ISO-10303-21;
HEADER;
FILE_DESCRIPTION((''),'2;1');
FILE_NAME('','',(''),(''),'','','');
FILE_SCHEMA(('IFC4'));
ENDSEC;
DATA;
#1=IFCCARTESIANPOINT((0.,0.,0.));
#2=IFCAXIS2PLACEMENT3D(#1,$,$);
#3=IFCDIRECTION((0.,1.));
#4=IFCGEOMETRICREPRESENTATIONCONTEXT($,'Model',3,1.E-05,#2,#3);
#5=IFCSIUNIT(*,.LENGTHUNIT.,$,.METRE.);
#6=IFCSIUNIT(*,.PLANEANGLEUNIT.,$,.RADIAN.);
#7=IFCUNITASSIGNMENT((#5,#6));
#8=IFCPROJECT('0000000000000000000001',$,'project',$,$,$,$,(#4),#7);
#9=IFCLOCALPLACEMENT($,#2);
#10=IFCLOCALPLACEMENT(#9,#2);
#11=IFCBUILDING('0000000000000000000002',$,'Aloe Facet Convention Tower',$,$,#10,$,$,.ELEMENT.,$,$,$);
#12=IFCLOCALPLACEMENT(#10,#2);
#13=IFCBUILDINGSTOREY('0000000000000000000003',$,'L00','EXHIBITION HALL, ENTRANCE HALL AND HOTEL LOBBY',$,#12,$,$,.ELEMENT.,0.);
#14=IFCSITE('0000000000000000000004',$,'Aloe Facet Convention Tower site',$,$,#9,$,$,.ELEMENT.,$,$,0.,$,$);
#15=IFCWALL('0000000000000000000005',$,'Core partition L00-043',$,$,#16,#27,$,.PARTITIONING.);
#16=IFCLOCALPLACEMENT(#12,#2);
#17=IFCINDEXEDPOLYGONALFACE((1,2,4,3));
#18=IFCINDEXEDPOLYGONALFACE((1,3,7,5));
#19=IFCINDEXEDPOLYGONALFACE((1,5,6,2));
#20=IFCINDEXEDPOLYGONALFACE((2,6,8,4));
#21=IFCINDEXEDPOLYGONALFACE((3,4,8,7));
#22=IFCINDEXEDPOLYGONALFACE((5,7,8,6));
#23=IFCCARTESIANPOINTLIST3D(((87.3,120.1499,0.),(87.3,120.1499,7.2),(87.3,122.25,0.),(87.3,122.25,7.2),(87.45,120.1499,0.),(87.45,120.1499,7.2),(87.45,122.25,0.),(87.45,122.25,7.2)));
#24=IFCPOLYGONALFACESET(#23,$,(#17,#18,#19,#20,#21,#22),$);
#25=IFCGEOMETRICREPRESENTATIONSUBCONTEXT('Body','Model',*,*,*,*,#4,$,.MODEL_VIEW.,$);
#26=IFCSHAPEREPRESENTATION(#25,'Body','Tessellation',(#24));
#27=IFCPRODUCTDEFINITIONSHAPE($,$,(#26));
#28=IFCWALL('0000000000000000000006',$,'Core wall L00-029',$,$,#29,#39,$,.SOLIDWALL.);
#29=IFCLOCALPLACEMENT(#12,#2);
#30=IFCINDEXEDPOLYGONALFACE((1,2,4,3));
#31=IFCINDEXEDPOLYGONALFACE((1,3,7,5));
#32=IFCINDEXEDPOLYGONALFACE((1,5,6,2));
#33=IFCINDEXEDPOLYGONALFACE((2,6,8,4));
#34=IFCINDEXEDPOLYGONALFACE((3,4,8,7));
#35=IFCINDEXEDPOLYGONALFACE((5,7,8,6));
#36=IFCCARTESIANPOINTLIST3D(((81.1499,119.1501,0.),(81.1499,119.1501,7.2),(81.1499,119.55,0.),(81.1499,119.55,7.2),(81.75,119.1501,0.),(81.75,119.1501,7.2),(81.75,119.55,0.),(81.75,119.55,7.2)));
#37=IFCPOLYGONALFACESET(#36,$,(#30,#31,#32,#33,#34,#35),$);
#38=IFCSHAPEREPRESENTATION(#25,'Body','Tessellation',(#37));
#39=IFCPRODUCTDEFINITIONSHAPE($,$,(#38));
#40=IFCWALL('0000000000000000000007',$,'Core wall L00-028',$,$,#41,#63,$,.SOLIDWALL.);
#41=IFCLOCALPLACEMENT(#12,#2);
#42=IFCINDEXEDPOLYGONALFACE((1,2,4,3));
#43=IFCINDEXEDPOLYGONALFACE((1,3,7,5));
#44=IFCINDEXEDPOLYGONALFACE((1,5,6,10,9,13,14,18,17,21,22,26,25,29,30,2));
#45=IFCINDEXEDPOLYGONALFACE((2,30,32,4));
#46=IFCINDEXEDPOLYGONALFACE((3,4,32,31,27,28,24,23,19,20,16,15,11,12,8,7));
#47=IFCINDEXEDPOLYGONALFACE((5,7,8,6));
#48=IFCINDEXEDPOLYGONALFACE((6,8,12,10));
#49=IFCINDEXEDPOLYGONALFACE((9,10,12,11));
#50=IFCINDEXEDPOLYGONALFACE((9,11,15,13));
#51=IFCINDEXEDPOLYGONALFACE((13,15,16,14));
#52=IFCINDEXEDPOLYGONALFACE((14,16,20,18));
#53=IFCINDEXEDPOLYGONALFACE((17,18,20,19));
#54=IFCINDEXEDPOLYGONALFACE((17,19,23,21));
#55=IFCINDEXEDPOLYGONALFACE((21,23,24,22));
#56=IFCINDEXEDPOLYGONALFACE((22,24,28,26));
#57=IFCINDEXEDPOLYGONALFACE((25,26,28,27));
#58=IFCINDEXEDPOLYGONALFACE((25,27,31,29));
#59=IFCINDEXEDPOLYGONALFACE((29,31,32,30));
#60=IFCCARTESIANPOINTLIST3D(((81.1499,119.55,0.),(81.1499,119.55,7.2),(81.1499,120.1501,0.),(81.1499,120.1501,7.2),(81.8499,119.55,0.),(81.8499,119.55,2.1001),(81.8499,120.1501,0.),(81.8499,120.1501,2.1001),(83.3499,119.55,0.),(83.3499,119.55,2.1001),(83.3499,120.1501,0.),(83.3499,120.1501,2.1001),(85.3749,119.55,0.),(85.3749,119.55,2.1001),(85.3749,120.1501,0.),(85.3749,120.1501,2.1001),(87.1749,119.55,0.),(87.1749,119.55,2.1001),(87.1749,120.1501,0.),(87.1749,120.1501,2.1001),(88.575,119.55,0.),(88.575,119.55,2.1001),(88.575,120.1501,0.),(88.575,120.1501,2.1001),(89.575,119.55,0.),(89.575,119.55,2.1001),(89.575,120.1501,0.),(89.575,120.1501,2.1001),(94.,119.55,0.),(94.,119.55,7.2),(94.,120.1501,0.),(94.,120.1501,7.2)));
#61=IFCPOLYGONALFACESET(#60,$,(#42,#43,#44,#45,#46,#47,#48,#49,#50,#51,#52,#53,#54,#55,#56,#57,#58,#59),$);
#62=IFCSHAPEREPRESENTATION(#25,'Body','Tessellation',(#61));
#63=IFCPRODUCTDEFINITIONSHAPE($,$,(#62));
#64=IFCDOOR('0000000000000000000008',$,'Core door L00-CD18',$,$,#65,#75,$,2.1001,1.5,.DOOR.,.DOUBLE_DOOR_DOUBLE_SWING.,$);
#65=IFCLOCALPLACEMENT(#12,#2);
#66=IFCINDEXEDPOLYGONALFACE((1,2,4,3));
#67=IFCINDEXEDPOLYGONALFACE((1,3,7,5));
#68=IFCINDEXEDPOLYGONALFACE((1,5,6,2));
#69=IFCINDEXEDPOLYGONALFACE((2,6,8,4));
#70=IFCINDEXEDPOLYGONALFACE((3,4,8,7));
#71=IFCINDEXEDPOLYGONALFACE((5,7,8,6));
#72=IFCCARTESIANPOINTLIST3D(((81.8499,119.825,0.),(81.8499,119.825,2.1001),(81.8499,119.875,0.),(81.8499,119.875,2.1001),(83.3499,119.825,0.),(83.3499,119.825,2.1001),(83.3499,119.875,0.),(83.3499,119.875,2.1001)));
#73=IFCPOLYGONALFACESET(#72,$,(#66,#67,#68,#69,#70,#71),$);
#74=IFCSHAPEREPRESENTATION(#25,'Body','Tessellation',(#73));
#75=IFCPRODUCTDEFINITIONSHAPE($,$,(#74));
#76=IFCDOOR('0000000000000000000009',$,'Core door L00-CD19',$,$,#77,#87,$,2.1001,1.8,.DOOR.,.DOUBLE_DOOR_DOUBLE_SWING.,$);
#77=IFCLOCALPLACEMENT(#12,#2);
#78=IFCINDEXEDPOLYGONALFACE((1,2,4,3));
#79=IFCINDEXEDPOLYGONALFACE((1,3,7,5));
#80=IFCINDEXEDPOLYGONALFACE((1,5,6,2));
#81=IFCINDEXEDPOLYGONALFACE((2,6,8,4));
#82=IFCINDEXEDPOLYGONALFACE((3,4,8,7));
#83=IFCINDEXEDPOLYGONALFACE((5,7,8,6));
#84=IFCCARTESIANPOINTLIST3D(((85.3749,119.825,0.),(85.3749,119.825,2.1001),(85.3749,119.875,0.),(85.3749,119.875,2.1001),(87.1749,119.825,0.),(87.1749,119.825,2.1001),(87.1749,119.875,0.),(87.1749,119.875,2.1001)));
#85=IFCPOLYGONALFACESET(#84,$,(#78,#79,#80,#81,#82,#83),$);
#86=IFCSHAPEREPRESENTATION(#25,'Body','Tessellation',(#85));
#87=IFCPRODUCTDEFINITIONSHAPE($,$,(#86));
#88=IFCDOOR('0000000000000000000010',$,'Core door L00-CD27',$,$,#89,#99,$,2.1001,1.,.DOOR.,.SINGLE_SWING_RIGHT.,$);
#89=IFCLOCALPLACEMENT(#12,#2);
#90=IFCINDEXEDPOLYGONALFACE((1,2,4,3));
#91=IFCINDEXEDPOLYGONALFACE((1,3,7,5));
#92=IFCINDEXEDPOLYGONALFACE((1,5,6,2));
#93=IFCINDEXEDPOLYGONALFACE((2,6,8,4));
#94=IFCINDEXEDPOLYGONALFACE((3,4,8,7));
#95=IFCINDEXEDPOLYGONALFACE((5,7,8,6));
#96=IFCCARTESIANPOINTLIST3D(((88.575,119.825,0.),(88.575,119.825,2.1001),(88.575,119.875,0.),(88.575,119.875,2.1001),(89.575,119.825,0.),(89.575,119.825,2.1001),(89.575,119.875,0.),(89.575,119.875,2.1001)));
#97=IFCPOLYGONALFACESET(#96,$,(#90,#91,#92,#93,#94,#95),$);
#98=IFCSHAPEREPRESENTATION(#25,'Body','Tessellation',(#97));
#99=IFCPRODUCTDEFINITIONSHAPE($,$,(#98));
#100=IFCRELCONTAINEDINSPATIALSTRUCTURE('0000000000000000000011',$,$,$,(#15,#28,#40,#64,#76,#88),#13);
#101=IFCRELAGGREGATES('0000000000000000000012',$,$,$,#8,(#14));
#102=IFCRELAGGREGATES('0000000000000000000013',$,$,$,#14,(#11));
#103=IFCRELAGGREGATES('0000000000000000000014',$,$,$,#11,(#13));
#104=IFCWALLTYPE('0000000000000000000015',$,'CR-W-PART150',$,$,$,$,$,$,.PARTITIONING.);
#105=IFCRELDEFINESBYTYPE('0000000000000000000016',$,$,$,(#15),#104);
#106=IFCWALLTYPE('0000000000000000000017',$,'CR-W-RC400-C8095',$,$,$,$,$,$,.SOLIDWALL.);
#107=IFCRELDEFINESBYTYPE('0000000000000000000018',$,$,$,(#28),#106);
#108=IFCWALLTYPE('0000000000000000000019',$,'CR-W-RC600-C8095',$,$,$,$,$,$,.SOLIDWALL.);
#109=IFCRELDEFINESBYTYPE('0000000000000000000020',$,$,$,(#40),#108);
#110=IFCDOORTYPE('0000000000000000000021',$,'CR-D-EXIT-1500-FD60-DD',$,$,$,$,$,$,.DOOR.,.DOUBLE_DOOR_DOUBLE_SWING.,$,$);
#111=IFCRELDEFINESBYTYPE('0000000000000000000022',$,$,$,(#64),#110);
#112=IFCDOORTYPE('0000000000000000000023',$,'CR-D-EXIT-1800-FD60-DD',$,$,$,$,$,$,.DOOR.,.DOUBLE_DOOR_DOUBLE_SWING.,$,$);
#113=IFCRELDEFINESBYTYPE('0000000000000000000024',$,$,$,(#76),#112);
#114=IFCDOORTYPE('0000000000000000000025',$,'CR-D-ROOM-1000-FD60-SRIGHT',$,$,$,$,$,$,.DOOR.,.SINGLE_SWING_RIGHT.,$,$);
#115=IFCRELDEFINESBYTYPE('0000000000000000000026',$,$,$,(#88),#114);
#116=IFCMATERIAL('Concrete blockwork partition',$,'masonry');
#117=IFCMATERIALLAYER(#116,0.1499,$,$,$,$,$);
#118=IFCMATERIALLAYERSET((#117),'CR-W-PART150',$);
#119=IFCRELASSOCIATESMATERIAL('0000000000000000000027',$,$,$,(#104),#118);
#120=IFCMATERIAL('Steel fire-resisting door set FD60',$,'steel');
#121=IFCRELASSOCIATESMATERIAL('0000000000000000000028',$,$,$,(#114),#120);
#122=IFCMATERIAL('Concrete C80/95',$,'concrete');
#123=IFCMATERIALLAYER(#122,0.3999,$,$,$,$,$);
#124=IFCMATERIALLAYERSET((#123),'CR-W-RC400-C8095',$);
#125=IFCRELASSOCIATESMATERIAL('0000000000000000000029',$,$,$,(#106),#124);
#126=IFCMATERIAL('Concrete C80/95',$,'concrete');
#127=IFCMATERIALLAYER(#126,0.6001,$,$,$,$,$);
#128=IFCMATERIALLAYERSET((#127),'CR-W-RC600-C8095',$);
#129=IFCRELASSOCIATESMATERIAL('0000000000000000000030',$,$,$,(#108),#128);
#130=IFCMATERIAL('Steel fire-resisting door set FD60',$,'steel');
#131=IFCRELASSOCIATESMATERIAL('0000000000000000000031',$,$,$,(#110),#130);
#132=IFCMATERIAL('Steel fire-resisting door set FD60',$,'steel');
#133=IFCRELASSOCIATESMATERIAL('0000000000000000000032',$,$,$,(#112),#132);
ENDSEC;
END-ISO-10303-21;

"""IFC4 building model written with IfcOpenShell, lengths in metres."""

from ifc_helpers import new_model, si_unit, direction, frame, frame_2d, origin, place, context, subcontext, project, spatial, rectangle, extrude, material, layer, layer_set, type_object, element, fill, save


model = new_model("IFC4")

# Units and contexts
model_context = context("Model", 3, precision=1e-05, world=origin(), true_north=direction((0.0, 1.0)))
body_context = subcontext(model_context, "Body", "Model", "MODEL_VIEW")
ifc_project = project(units=[si_unit("LENGTHUNIT", "METRE"), si_unit("PLANEANGLEUNIT", "RADIAN")], contexts=[model_context])

# Site, building, storey
site_placement = place(None, origin())
site = spatial("IfcSite", under=ifc_project, at=site_placement, Name="Aloe Facet Convention Tower site", CompositionType="ELEMENT", RefElevation=0.0)
building_placement = place(site_placement, origin())
building = spatial("IfcBuilding", under=site, at=building_placement, Name="Aloe Facet Convention Tower", CompositionType="ELEMENT")
storey_placement = place(building_placement, origin())
storey = spatial("IfcBuildingStorey", under=building, at=storey_placement, Name="L00", Description="EXHIBITION HALL, ENTRANCE HALL AND HOTEL LOBBY", CompositionType="ELEMENT", Elevation=0.0)

# Shared definitions
ifc_material_1 = material(Name="Concrete blockwork partition", Category="masonry")
ifc_layer_1 = layer(ifc_material_1, 0.1499)
ifc_layer_set_1 = layer_set([ifc_layer_1], Name="CR-W-PART150")
wall_type_1 = type_object("IfcWallType", Name="CR-W-PART150", PredefinedType="PARTITIONING", material=ifc_layer_set_1)

# Shared definitions
ifc_material_2 = material(Name="Steel fire-resisting door set FD60", Category="steel")
door_type_1 = type_object("IfcDoorType", Name="CR-D-ROOM-1000-FD60-SRIGHT", OperationType="SINGLE_SWING_RIGHT", PredefinedType="DOOR", material=ifc_material_2)

# Walls
wall_1_placement = place(storey_placement, frame((87.375, 122.25, 0.0), z_axis=(0.0, 0.0, 1.0), x_axis=(0.0, -1.0, 0.0)))
element("IfcWall", 1, at=wall_1_placement, inside=storey, type_object=wall_type_1, Name="Core partition L00-043", PredefinedType="PARTITIONING", context=body_context, shape_type="SweptSolid", body=[
    extrude(rectangle(XDim=2.1001, YDim=0.1499, at=frame_2d((1.05, 0.0))), origin(), (0.0, 0.0, 1.0), 7.2),
])
ifc_material_3 = material(Name="Concrete C80/95", Category="concrete")
ifc_layer_2 = layer(ifc_material_3, 0.3999)
ifc_layer_set_2 = layer_set([ifc_layer_2], Name="CR-W-RC400-C8095")
wall_type_2 = type_object("IfcWallType", Name="CR-W-RC400-C8095", PredefinedType="SOLIDWALL", material=ifc_layer_set_2)
wall_2_placement = place(storey_placement, frame((81.1499, 119.3501, 0.0), z_axis=(0.0, 0.0, 1.0), x_axis=(1.0, 0.0, 0.0)))
element("IfcWall", 2, at=wall_2_placement, inside=storey, type_object=wall_type_2, Name="Core wall L00-029", PredefinedType="SOLIDWALL", context=body_context, shape_type="SweptSolid", body=[
    extrude(rectangle(XDim=0.6001, YDim=0.3999, at=frame_2d((0.3, 0.0))), origin(), (0.0, 0.0, 1.0), 7.2),
])

# Wall, openings, doors
ifc_material_4 = material(Name="Concrete C80/95", Category="concrete")
ifc_layer_3 = layer(ifc_material_4, 0.6001)
ifc_layer_set_3 = layer_set([ifc_layer_3], Name="CR-W-RC600-C8095")
wall_type_3 = type_object("IfcWallType", Name="CR-W-RC600-C8095", PredefinedType="SOLIDWALL", material=ifc_layer_set_3)
wall_3_placement = place(storey_placement, frame((81.1499, 119.8501, 0.0), z_axis=(0.0, 0.0, 1.0), x_axis=(1.0, 0.0, 0.0)))
wall_3 = element("IfcWall", 3, at=wall_3_placement, inside=storey, type_object=wall_type_3, Name="Core wall L00-028", PredefinedType="SOLIDWALL", context=body_context, shape_type="SweptSolid", body=[
    extrude(rectangle(XDim=12.8501, YDim=0.6001, at=frame_2d((6.425, 0.0))), origin(), (0.0, 0.0, 1.0), 7.2),
])
opening_1_placement = place(wall_3_placement, frame((0.7, 0.0, 0.0)))
opening_1 = element("IfcOpeningElement", 4, at=opening_1_placement, cuts=wall_3, PredefinedType="OPENING", context=body_context, shape_type="SweptSolid", body=[
    extrude(rectangle(XDim=1.5, YDim=2.1001, at=frame_2d((0.75, 1.05))), frame((0.0, 0.3101, 0.0), z_axis=(0.0, -1.0, 0.0), x_axis=(1.0, 0.0, 0.0)), (0.0, 0.0, 1.0), 0.6201),
])
opening_2_placement = place(wall_3_placement, frame((4.2251, 0.0, 0.0)))
opening_2 = element("IfcOpeningElement", 5, at=opening_2_placement, cuts=wall_3, PredefinedType="OPENING", context=body_context, shape_type="SweptSolid", body=[
    extrude(rectangle(XDim=1.8, YDim=2.1001, at=frame_2d((0.8999, 1.05))), frame((0.0, 0.3101, 0.0), z_axis=(0.0, -1.0, 0.0), x_axis=(1.0, 0.0, 0.0)), (0.0, 0.0, 1.0), 0.6201),
])
opening_3_placement = place(wall_3_placement, frame((7.425, 0.0, 0.0)))
opening_3 = element("IfcOpeningElement", 6, at=opening_3_placement, cuts=wall_3, PredefinedType="OPENING", context=body_context, shape_type="SweptSolid", body=[
    extrude(rectangle(XDim=1.0, YDim=2.1001, at=frame_2d((0.5, 1.05))), frame((0.0, 0.3101, 0.0), z_axis=(0.0, -1.0, 0.0), x_axis=(1.0, 0.0, 0.0)), (0.0, 0.0, 1.0), 0.6201),
])
ifc_material_5 = material(Name="Steel fire-resisting door set FD60", Category="steel")
door_type_2 = type_object("IfcDoorType", Name="CR-D-EXIT-1500-FD60-DD", OperationType="DOUBLE_DOOR_DOUBLE_SWING", PredefinedType="DOOR", material=ifc_material_5)
door_1_placement = place(opening_1_placement, origin())
door_1 = element("IfcDoor", 7, at=door_1_placement, inside=storey, type_object=door_type_2, Name="Core door L00-CD18", OperationType="DOUBLE_DOOR_DOUBLE_SWING", OverallHeight=2.1001, OverallWidth=1.5, PredefinedType="DOOR", context=body_context, shape_type="SweptSolid", body=[
    extrude(rectangle(XDim=1.5, YDim=2.1001, at=frame_2d((0.75, 1.05))), frame((0.0, 0.0249, 0.0), z_axis=(0.0, -1.0, 0.0), x_axis=(1.0, 0.0, 0.0)), (0.0, 0.0, 1.0), 0.05),
])
fill(opening_1, door_1)
ifc_material_6 = material(Name="Steel fire-resisting door set FD60", Category="steel")
door_type_3 = type_object("IfcDoorType", Name="CR-D-EXIT-1800-FD60-DD", OperationType="DOUBLE_DOOR_DOUBLE_SWING", PredefinedType="DOOR", material=ifc_material_6)
door_2_placement = place(opening_2_placement, origin())
door_2 = element("IfcDoor", 8, at=door_2_placement, inside=storey, type_object=door_type_3, Name="Core door L00-CD19", OperationType="DOUBLE_DOOR_DOUBLE_SWING", OverallHeight=2.1001, OverallWidth=1.8, PredefinedType="DOOR", context=body_context, shape_type="SweptSolid", body=[
    extrude(rectangle(XDim=1.8, YDim=2.1001, at=frame_2d((0.8999, 1.05))), frame((0.0, 0.0249, 0.0), z_axis=(0.0, -1.0, 0.0), x_axis=(1.0, 0.0, 0.0)), (0.0, 0.0, 1.0), 0.05),
])
fill(opening_2, door_2)
door_3_placement = place(opening_3_placement, origin())
door_3 = element("IfcDoor", 9, at=door_3_placement, inside=storey, type_object=door_type_1, Name="Core door L00-CD27", OperationType="SINGLE_SWING_RIGHT", OverallHeight=2.1001, OverallWidth=1.0, PredefinedType="DOOR", context=body_context, shape_type="SweptSolid", body=[
    extrude(rectangle(XDim=1.0, YDim=2.1001, at=frame_2d((0.5, 1.05))), frame((0.0, 0.0249, 0.0), z_axis=(0.0, -1.0, 0.0), x_axis=(1.0, 0.0, 0.0)), (0.0, 0.0, 1.0), 0.05),
])
fill(opening_3, door_3)

save(model, "model.ifc")
